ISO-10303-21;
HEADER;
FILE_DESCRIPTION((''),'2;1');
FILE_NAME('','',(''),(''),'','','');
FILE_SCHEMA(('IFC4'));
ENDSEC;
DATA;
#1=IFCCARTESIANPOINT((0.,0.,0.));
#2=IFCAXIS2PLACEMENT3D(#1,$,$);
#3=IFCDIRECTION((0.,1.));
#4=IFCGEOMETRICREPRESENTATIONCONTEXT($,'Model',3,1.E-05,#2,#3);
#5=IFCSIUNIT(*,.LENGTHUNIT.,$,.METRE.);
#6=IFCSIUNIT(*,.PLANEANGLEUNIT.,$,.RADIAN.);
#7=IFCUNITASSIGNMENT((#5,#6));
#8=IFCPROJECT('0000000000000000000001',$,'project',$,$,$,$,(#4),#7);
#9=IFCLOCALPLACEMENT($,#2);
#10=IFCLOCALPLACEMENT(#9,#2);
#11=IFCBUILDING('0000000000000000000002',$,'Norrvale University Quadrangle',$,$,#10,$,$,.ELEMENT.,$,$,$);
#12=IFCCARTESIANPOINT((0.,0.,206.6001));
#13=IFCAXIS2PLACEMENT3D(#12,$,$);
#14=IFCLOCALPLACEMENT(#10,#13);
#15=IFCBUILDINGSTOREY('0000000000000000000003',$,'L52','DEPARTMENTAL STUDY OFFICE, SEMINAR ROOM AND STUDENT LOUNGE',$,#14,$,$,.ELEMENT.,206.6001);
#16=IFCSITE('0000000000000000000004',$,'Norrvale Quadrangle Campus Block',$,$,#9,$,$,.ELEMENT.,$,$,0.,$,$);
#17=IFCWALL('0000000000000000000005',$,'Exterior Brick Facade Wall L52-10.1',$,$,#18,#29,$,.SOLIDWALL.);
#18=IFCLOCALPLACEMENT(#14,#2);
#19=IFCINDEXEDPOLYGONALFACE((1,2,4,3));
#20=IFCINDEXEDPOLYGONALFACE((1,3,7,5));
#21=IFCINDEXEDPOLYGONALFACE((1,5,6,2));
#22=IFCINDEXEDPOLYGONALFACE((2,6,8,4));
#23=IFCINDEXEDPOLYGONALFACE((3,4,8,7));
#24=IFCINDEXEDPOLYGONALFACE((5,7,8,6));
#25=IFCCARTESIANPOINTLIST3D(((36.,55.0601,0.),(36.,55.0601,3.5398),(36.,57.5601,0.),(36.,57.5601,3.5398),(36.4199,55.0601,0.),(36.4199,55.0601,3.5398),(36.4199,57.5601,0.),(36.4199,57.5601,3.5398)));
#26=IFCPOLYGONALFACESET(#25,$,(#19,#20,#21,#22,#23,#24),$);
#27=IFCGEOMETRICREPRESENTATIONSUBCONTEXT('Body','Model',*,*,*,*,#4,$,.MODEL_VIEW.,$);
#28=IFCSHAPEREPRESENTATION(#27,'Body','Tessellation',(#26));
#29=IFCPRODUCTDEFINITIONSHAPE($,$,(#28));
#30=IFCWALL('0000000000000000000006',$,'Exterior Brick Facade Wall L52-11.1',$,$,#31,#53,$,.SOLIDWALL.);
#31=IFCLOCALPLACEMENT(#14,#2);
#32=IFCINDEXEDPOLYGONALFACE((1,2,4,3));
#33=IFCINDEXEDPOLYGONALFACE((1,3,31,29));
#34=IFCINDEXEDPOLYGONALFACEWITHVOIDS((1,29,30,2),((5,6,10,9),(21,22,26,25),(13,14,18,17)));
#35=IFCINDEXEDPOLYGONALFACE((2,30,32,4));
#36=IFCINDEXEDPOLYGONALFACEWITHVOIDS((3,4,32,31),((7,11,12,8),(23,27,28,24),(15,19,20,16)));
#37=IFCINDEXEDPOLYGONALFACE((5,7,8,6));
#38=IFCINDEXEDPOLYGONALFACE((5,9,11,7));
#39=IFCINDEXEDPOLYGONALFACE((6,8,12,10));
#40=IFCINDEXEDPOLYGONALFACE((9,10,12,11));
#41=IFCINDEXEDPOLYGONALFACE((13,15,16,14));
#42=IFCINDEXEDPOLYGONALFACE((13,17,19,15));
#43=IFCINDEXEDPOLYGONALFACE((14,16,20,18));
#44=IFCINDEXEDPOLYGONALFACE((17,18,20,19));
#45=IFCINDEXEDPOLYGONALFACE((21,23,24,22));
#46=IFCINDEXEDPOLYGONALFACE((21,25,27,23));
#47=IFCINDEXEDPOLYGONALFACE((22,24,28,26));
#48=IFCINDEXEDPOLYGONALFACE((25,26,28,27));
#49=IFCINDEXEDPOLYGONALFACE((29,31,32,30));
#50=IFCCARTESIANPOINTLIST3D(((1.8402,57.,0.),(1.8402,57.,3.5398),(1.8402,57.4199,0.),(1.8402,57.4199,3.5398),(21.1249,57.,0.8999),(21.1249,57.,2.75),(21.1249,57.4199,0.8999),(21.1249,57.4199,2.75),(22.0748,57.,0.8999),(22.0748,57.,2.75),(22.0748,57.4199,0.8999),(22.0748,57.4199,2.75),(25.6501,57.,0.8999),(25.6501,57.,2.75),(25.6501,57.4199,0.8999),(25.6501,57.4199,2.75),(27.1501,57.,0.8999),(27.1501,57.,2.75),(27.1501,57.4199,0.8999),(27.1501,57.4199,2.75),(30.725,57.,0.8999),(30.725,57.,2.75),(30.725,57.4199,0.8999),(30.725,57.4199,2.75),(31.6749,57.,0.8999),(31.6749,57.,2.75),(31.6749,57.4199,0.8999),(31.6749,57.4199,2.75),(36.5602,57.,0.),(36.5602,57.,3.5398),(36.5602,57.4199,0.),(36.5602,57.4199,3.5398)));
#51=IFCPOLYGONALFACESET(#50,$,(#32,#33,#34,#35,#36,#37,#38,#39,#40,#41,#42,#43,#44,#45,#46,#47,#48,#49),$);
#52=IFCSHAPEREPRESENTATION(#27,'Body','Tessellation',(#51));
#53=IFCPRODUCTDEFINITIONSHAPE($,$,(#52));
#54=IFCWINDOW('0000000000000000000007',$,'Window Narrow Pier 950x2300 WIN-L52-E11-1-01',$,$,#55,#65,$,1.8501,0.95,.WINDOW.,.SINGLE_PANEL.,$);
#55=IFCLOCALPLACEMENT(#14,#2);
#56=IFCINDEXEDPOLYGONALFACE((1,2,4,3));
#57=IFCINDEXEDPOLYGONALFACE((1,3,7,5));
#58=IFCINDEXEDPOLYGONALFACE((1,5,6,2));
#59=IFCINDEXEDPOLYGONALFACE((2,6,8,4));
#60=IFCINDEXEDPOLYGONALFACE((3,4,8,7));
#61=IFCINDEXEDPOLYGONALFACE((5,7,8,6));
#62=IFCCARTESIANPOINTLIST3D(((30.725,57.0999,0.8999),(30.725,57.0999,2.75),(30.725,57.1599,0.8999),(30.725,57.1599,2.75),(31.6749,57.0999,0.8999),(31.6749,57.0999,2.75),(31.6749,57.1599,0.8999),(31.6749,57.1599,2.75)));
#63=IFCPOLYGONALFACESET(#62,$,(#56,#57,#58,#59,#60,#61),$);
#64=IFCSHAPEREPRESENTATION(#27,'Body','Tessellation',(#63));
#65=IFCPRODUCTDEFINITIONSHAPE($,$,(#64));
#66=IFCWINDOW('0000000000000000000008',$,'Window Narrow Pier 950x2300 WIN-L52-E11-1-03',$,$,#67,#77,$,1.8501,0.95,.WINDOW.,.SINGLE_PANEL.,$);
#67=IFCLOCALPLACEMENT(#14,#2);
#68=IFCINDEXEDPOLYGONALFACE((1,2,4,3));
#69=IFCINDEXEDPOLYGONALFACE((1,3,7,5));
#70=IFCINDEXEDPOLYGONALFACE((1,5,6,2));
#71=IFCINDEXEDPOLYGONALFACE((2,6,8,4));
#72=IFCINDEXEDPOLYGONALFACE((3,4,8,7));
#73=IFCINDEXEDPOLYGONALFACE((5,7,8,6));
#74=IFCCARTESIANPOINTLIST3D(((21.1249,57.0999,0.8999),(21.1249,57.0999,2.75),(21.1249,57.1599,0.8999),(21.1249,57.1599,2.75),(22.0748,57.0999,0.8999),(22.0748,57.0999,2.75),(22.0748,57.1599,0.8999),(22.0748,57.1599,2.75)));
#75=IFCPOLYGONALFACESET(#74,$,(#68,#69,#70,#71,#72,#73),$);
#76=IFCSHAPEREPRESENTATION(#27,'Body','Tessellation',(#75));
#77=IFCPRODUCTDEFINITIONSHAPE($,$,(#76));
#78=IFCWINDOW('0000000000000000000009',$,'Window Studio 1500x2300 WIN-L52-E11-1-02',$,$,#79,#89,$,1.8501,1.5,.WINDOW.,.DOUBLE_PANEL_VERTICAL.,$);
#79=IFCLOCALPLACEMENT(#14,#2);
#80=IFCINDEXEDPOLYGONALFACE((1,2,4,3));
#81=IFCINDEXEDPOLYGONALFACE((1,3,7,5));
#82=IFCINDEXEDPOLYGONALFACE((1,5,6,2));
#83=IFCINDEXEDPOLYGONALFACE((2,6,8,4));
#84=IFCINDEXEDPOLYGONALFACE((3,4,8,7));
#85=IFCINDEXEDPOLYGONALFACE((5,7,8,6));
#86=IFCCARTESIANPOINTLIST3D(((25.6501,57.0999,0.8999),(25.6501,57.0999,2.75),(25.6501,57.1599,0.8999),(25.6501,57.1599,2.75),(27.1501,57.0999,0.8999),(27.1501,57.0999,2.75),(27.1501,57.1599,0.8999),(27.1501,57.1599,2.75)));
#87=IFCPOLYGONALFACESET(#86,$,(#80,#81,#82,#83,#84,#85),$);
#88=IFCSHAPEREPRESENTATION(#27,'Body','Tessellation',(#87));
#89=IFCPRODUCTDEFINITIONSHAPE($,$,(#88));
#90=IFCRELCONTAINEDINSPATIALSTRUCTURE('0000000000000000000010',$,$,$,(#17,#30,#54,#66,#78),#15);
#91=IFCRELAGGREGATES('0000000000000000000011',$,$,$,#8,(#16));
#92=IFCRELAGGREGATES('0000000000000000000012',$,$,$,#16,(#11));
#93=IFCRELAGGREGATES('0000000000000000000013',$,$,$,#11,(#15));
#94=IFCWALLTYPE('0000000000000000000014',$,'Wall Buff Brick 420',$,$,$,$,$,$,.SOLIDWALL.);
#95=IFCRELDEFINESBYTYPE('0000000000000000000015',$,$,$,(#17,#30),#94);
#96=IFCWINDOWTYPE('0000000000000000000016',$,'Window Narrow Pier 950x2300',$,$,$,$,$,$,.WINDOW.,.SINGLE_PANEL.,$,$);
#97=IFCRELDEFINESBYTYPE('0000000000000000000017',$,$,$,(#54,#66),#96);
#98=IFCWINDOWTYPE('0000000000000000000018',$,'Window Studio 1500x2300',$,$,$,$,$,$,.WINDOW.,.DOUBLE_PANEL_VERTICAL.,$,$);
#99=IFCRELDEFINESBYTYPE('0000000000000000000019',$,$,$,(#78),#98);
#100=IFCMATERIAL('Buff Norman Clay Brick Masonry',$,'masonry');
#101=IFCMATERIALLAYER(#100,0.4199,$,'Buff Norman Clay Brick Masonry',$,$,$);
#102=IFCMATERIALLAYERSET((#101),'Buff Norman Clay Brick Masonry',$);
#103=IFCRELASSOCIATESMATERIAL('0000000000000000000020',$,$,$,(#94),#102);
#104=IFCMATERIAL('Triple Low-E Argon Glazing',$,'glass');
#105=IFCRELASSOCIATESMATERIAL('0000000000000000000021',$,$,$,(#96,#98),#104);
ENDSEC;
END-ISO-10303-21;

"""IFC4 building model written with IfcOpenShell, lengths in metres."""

from ifc_helpers import new_model, si_unit, direction, frame, frame_2d, origin, place, context, subcontext, project, spatial, rectangle, extrude, material, layer, layer_set, type_object, element, fill, save


model = new_model("IFC4")

# Units and contexts
model_context = context("Model", 3, precision=1e-05, world=origin(), true_north=direction((0.0, 1.0)))
body_context = subcontext(model_context, "Body", "Model", "MODEL_VIEW")
ifc_project = project(units=[si_unit("LENGTHUNIT", "METRE"), si_unit("PLANEANGLEUNIT", "RADIAN")], contexts=[model_context])

# Site, building, storey
site_placement = place(None, origin())
site = spatial("IfcSite", under=ifc_project, at=site_placement, Name="Norrvale Quadrangle Campus Block", CompositionType="ELEMENT", RefElevation=0.0)
building_placement = place(site_placement, origin())
building = spatial("IfcBuilding", under=site, at=building_placement, Name="Norrvale University Quadrangle", CompositionType="ELEMENT")
storey_placement = place(building_placement, frame((0.0, 0.0, 206.6001)))
storey = spatial("IfcBuildingStorey", under=building, at=storey_placement, Name="L52", Description="DEPARTMENTAL STUDY OFFICE, SEMINAR ROOM AND STUDENT LOUNGE", CompositionType="ELEMENT", Elevation=206.6001)

# Shared definitions
ifc_material_1 = material(Name="Buff Norman Clay Brick Masonry", Category="masonry")
ifc_layer = layer(ifc_material_1, 0.4199, Name="Buff Norman Clay Brick Masonry")
ifc_layer_set = layer_set([ifc_layer], Name="Buff Norman Clay Brick Masonry")
wall_type = type_object("IfcWallType", Name="Wall Buff Brick 420", PredefinedType="SOLIDWALL", material=ifc_layer_set)

# Shared definitions
ifc_material_2 = material(Name="Triple Low-E Argon Glazing", Category="glass")

# Wall
for number, where, z_axis, x_axis, name in (
    (1, (36.21, 55.0601, 0.0), (0.0, 0.0, 1.0), (0.0, 1.0, 0.0), "Exterior Brick Facade Wall L52-10.1"),
):
    element("IfcWall", number, at=place(storey_placement, frame(where, z_axis=z_axis, x_axis=x_axis)), inside=storey, type_object=wall_type, Name=name, PredefinedType="SOLIDWALL", context=body_context, shape_type="SweptSolid", body=[
        extrude(rectangle(XDim=2.5, YDim=0.4199, at=frame_2d((1.25, 0.0))), origin(), (0.0, 0.0, 1.0), 3.5398),
    ])

# Wall, openings, windows
wall_1_placement = place(storey_placement, frame((36.5601, 57.21, 0.0), z_axis=(0.0, 0.0, 1.0), x_axis=(-1.0, 0.0, 0.0)))
wall_1 = element("IfcWall", 2, at=wall_1_placement, inside=storey, type_object=wall_type, Name="Exterior Brick Facade Wall L52-11.1", PredefinedType="SOLIDWALL", context=body_context, shape_type="SweptSolid", body=[
    extrude(rectangle(XDim=34.72, YDim=0.4199, at=frame_2d((17.3599, 0.0))), origin(), (0.0, 0.0, 1.0), 3.5398),
])
opening_1_placement = place(wall_1_placement, frame((4.885, 0.0, 0.8999)))
opening_1 = element("IfcOpeningElement", 3, at=opening_1_placement, cuts=wall_1, PredefinedType="OPENING", context=body_context, shape_type="SweptSolid", body=[
    extrude(rectangle(XDim=0.95, YDim=1.8501, at=frame_2d((0.4751, 0.925))), frame((0.0, 0.2219, 0.0), z_axis=(0.0, -1.0, 0.0), x_axis=(1.0, 0.0, 0.0)), (0.0, 0.0, 1.0), 0.4438),
])
opening_2_placement = place(wall_1_placement, frame((9.4099, 0.0, 0.8999)))
opening_2 = element("IfcOpeningElement", 4, at=opening_2_placement, cuts=wall_1, PredefinedType="OPENING", context=body_context, shape_type="SweptSolid", body=[
    extrude(rectangle(XDim=1.5, YDim=1.8501, at=frame_2d((0.75, 0.925))), frame((0.0, 0.2219, 0.0), z_axis=(0.0, -1.0, 0.0), x_axis=(1.0, 0.0, 0.0)), (0.0, 0.0, 1.0), 0.4438),
])
opening_3_placement = place(wall_1_placement, frame((14.4851, 0.0, 0.8999)))
opening_3 = element("IfcOpeningElement", 5, at=opening_3_placement, cuts=wall_1, PredefinedType="OPENING", context=body_context, shape_type="SweptSolid", body=[
    extrude(rectangle(XDim=0.95, YDim=1.8501, at=frame_2d((0.4751, 0.925))), frame((0.0, 0.2219, 0.0), z_axis=(0.0, -1.0, 0.0), x_axis=(1.0, 0.0, 0.0)), (0.0, 0.0, 1.0), 0.4438),
])
window_type_1 = type_object("IfcWindowType", Name="Window Narrow Pier 950x2300", PartitioningType="SINGLE_PANEL", PredefinedType="WINDOW", material=ifc_material_2)
window_1_placement = place(opening_1_placement, origin())
window_1 = element("IfcWindow", 6, at=window_1_placement, inside=storey, type_object=window_type_1, Name="Window Narrow Pier 950x2300 WIN-L52-E11-1-01", OverallHeight=1.8501, OverallWidth=0.95, PartitioningType="SINGLE_PANEL", PredefinedType="WINDOW", context=body_context, shape_type="SweptSolid", body=[
    extrude(rectangle(XDim=0.95, YDim=1.8501, at=frame_2d((0.4751, 0.925))), frame((0.0, 0.1101, 0.0), z_axis=(0.0, -1.0, 0.0), x_axis=(1.0, 0.0, 0.0)), (0.0, 0.0, 1.0), 0.0601),
])
fill(opening_1, window_1)
window_2_placement = place(opening_3_placement, origin())
window_2 = element("IfcWindow", 7, at=window_2_placement, inside=storey, type_object=window_type_1, Name="Window Narrow Pier 950x2300 WIN-L52-E11-1-03", OverallHeight=1.8501, OverallWidth=0.95, PartitioningType="SINGLE_PANEL", PredefinedType="WINDOW", context=body_context, shape_type="SweptSolid", body=[
    extrude(rectangle(XDim=0.95, YDim=1.8501, at=frame_2d((0.4751, 0.925))), frame((0.0, 0.1101, 0.0), z_axis=(0.0, -1.0, 0.0), x_axis=(1.0, 0.0, 0.0)), (0.0, 0.0, 1.0), 0.0601),
])
fill(opening_3, window_2)
window_type_2 = type_object("IfcWindowType", Name="Window Studio 1500x2300", PartitioningType="DOUBLE_PANEL_VERTICAL", PredefinedType="WINDOW", material=ifc_material_2)
window_3_placement = place(opening_2_placement, origin())
window_3 = element("IfcWindow", 8, at=window_3_placement, inside=storey, type_object=window_type_2, Name="Window Studio 1500x2300 WIN-L52-E11-1-02", OverallHeight=1.8501, OverallWidth=1.5, PartitioningType="DOUBLE_PANEL_VERTICAL", PredefinedType="WINDOW", context=body_context, shape_type="SweptSolid", body=[
    extrude(rectangle(XDim=1.5, YDim=1.8501, at=frame_2d((0.75, 0.925))), frame((0.0, 0.1101, 0.0), z_axis=(0.0, -1.0, 0.0), x_axis=(1.0, 0.0, 0.0)), (0.0, 0.0, 1.0), 0.0601),
])
fill(opening_2, window_3)

save(model, "model.ifc")
